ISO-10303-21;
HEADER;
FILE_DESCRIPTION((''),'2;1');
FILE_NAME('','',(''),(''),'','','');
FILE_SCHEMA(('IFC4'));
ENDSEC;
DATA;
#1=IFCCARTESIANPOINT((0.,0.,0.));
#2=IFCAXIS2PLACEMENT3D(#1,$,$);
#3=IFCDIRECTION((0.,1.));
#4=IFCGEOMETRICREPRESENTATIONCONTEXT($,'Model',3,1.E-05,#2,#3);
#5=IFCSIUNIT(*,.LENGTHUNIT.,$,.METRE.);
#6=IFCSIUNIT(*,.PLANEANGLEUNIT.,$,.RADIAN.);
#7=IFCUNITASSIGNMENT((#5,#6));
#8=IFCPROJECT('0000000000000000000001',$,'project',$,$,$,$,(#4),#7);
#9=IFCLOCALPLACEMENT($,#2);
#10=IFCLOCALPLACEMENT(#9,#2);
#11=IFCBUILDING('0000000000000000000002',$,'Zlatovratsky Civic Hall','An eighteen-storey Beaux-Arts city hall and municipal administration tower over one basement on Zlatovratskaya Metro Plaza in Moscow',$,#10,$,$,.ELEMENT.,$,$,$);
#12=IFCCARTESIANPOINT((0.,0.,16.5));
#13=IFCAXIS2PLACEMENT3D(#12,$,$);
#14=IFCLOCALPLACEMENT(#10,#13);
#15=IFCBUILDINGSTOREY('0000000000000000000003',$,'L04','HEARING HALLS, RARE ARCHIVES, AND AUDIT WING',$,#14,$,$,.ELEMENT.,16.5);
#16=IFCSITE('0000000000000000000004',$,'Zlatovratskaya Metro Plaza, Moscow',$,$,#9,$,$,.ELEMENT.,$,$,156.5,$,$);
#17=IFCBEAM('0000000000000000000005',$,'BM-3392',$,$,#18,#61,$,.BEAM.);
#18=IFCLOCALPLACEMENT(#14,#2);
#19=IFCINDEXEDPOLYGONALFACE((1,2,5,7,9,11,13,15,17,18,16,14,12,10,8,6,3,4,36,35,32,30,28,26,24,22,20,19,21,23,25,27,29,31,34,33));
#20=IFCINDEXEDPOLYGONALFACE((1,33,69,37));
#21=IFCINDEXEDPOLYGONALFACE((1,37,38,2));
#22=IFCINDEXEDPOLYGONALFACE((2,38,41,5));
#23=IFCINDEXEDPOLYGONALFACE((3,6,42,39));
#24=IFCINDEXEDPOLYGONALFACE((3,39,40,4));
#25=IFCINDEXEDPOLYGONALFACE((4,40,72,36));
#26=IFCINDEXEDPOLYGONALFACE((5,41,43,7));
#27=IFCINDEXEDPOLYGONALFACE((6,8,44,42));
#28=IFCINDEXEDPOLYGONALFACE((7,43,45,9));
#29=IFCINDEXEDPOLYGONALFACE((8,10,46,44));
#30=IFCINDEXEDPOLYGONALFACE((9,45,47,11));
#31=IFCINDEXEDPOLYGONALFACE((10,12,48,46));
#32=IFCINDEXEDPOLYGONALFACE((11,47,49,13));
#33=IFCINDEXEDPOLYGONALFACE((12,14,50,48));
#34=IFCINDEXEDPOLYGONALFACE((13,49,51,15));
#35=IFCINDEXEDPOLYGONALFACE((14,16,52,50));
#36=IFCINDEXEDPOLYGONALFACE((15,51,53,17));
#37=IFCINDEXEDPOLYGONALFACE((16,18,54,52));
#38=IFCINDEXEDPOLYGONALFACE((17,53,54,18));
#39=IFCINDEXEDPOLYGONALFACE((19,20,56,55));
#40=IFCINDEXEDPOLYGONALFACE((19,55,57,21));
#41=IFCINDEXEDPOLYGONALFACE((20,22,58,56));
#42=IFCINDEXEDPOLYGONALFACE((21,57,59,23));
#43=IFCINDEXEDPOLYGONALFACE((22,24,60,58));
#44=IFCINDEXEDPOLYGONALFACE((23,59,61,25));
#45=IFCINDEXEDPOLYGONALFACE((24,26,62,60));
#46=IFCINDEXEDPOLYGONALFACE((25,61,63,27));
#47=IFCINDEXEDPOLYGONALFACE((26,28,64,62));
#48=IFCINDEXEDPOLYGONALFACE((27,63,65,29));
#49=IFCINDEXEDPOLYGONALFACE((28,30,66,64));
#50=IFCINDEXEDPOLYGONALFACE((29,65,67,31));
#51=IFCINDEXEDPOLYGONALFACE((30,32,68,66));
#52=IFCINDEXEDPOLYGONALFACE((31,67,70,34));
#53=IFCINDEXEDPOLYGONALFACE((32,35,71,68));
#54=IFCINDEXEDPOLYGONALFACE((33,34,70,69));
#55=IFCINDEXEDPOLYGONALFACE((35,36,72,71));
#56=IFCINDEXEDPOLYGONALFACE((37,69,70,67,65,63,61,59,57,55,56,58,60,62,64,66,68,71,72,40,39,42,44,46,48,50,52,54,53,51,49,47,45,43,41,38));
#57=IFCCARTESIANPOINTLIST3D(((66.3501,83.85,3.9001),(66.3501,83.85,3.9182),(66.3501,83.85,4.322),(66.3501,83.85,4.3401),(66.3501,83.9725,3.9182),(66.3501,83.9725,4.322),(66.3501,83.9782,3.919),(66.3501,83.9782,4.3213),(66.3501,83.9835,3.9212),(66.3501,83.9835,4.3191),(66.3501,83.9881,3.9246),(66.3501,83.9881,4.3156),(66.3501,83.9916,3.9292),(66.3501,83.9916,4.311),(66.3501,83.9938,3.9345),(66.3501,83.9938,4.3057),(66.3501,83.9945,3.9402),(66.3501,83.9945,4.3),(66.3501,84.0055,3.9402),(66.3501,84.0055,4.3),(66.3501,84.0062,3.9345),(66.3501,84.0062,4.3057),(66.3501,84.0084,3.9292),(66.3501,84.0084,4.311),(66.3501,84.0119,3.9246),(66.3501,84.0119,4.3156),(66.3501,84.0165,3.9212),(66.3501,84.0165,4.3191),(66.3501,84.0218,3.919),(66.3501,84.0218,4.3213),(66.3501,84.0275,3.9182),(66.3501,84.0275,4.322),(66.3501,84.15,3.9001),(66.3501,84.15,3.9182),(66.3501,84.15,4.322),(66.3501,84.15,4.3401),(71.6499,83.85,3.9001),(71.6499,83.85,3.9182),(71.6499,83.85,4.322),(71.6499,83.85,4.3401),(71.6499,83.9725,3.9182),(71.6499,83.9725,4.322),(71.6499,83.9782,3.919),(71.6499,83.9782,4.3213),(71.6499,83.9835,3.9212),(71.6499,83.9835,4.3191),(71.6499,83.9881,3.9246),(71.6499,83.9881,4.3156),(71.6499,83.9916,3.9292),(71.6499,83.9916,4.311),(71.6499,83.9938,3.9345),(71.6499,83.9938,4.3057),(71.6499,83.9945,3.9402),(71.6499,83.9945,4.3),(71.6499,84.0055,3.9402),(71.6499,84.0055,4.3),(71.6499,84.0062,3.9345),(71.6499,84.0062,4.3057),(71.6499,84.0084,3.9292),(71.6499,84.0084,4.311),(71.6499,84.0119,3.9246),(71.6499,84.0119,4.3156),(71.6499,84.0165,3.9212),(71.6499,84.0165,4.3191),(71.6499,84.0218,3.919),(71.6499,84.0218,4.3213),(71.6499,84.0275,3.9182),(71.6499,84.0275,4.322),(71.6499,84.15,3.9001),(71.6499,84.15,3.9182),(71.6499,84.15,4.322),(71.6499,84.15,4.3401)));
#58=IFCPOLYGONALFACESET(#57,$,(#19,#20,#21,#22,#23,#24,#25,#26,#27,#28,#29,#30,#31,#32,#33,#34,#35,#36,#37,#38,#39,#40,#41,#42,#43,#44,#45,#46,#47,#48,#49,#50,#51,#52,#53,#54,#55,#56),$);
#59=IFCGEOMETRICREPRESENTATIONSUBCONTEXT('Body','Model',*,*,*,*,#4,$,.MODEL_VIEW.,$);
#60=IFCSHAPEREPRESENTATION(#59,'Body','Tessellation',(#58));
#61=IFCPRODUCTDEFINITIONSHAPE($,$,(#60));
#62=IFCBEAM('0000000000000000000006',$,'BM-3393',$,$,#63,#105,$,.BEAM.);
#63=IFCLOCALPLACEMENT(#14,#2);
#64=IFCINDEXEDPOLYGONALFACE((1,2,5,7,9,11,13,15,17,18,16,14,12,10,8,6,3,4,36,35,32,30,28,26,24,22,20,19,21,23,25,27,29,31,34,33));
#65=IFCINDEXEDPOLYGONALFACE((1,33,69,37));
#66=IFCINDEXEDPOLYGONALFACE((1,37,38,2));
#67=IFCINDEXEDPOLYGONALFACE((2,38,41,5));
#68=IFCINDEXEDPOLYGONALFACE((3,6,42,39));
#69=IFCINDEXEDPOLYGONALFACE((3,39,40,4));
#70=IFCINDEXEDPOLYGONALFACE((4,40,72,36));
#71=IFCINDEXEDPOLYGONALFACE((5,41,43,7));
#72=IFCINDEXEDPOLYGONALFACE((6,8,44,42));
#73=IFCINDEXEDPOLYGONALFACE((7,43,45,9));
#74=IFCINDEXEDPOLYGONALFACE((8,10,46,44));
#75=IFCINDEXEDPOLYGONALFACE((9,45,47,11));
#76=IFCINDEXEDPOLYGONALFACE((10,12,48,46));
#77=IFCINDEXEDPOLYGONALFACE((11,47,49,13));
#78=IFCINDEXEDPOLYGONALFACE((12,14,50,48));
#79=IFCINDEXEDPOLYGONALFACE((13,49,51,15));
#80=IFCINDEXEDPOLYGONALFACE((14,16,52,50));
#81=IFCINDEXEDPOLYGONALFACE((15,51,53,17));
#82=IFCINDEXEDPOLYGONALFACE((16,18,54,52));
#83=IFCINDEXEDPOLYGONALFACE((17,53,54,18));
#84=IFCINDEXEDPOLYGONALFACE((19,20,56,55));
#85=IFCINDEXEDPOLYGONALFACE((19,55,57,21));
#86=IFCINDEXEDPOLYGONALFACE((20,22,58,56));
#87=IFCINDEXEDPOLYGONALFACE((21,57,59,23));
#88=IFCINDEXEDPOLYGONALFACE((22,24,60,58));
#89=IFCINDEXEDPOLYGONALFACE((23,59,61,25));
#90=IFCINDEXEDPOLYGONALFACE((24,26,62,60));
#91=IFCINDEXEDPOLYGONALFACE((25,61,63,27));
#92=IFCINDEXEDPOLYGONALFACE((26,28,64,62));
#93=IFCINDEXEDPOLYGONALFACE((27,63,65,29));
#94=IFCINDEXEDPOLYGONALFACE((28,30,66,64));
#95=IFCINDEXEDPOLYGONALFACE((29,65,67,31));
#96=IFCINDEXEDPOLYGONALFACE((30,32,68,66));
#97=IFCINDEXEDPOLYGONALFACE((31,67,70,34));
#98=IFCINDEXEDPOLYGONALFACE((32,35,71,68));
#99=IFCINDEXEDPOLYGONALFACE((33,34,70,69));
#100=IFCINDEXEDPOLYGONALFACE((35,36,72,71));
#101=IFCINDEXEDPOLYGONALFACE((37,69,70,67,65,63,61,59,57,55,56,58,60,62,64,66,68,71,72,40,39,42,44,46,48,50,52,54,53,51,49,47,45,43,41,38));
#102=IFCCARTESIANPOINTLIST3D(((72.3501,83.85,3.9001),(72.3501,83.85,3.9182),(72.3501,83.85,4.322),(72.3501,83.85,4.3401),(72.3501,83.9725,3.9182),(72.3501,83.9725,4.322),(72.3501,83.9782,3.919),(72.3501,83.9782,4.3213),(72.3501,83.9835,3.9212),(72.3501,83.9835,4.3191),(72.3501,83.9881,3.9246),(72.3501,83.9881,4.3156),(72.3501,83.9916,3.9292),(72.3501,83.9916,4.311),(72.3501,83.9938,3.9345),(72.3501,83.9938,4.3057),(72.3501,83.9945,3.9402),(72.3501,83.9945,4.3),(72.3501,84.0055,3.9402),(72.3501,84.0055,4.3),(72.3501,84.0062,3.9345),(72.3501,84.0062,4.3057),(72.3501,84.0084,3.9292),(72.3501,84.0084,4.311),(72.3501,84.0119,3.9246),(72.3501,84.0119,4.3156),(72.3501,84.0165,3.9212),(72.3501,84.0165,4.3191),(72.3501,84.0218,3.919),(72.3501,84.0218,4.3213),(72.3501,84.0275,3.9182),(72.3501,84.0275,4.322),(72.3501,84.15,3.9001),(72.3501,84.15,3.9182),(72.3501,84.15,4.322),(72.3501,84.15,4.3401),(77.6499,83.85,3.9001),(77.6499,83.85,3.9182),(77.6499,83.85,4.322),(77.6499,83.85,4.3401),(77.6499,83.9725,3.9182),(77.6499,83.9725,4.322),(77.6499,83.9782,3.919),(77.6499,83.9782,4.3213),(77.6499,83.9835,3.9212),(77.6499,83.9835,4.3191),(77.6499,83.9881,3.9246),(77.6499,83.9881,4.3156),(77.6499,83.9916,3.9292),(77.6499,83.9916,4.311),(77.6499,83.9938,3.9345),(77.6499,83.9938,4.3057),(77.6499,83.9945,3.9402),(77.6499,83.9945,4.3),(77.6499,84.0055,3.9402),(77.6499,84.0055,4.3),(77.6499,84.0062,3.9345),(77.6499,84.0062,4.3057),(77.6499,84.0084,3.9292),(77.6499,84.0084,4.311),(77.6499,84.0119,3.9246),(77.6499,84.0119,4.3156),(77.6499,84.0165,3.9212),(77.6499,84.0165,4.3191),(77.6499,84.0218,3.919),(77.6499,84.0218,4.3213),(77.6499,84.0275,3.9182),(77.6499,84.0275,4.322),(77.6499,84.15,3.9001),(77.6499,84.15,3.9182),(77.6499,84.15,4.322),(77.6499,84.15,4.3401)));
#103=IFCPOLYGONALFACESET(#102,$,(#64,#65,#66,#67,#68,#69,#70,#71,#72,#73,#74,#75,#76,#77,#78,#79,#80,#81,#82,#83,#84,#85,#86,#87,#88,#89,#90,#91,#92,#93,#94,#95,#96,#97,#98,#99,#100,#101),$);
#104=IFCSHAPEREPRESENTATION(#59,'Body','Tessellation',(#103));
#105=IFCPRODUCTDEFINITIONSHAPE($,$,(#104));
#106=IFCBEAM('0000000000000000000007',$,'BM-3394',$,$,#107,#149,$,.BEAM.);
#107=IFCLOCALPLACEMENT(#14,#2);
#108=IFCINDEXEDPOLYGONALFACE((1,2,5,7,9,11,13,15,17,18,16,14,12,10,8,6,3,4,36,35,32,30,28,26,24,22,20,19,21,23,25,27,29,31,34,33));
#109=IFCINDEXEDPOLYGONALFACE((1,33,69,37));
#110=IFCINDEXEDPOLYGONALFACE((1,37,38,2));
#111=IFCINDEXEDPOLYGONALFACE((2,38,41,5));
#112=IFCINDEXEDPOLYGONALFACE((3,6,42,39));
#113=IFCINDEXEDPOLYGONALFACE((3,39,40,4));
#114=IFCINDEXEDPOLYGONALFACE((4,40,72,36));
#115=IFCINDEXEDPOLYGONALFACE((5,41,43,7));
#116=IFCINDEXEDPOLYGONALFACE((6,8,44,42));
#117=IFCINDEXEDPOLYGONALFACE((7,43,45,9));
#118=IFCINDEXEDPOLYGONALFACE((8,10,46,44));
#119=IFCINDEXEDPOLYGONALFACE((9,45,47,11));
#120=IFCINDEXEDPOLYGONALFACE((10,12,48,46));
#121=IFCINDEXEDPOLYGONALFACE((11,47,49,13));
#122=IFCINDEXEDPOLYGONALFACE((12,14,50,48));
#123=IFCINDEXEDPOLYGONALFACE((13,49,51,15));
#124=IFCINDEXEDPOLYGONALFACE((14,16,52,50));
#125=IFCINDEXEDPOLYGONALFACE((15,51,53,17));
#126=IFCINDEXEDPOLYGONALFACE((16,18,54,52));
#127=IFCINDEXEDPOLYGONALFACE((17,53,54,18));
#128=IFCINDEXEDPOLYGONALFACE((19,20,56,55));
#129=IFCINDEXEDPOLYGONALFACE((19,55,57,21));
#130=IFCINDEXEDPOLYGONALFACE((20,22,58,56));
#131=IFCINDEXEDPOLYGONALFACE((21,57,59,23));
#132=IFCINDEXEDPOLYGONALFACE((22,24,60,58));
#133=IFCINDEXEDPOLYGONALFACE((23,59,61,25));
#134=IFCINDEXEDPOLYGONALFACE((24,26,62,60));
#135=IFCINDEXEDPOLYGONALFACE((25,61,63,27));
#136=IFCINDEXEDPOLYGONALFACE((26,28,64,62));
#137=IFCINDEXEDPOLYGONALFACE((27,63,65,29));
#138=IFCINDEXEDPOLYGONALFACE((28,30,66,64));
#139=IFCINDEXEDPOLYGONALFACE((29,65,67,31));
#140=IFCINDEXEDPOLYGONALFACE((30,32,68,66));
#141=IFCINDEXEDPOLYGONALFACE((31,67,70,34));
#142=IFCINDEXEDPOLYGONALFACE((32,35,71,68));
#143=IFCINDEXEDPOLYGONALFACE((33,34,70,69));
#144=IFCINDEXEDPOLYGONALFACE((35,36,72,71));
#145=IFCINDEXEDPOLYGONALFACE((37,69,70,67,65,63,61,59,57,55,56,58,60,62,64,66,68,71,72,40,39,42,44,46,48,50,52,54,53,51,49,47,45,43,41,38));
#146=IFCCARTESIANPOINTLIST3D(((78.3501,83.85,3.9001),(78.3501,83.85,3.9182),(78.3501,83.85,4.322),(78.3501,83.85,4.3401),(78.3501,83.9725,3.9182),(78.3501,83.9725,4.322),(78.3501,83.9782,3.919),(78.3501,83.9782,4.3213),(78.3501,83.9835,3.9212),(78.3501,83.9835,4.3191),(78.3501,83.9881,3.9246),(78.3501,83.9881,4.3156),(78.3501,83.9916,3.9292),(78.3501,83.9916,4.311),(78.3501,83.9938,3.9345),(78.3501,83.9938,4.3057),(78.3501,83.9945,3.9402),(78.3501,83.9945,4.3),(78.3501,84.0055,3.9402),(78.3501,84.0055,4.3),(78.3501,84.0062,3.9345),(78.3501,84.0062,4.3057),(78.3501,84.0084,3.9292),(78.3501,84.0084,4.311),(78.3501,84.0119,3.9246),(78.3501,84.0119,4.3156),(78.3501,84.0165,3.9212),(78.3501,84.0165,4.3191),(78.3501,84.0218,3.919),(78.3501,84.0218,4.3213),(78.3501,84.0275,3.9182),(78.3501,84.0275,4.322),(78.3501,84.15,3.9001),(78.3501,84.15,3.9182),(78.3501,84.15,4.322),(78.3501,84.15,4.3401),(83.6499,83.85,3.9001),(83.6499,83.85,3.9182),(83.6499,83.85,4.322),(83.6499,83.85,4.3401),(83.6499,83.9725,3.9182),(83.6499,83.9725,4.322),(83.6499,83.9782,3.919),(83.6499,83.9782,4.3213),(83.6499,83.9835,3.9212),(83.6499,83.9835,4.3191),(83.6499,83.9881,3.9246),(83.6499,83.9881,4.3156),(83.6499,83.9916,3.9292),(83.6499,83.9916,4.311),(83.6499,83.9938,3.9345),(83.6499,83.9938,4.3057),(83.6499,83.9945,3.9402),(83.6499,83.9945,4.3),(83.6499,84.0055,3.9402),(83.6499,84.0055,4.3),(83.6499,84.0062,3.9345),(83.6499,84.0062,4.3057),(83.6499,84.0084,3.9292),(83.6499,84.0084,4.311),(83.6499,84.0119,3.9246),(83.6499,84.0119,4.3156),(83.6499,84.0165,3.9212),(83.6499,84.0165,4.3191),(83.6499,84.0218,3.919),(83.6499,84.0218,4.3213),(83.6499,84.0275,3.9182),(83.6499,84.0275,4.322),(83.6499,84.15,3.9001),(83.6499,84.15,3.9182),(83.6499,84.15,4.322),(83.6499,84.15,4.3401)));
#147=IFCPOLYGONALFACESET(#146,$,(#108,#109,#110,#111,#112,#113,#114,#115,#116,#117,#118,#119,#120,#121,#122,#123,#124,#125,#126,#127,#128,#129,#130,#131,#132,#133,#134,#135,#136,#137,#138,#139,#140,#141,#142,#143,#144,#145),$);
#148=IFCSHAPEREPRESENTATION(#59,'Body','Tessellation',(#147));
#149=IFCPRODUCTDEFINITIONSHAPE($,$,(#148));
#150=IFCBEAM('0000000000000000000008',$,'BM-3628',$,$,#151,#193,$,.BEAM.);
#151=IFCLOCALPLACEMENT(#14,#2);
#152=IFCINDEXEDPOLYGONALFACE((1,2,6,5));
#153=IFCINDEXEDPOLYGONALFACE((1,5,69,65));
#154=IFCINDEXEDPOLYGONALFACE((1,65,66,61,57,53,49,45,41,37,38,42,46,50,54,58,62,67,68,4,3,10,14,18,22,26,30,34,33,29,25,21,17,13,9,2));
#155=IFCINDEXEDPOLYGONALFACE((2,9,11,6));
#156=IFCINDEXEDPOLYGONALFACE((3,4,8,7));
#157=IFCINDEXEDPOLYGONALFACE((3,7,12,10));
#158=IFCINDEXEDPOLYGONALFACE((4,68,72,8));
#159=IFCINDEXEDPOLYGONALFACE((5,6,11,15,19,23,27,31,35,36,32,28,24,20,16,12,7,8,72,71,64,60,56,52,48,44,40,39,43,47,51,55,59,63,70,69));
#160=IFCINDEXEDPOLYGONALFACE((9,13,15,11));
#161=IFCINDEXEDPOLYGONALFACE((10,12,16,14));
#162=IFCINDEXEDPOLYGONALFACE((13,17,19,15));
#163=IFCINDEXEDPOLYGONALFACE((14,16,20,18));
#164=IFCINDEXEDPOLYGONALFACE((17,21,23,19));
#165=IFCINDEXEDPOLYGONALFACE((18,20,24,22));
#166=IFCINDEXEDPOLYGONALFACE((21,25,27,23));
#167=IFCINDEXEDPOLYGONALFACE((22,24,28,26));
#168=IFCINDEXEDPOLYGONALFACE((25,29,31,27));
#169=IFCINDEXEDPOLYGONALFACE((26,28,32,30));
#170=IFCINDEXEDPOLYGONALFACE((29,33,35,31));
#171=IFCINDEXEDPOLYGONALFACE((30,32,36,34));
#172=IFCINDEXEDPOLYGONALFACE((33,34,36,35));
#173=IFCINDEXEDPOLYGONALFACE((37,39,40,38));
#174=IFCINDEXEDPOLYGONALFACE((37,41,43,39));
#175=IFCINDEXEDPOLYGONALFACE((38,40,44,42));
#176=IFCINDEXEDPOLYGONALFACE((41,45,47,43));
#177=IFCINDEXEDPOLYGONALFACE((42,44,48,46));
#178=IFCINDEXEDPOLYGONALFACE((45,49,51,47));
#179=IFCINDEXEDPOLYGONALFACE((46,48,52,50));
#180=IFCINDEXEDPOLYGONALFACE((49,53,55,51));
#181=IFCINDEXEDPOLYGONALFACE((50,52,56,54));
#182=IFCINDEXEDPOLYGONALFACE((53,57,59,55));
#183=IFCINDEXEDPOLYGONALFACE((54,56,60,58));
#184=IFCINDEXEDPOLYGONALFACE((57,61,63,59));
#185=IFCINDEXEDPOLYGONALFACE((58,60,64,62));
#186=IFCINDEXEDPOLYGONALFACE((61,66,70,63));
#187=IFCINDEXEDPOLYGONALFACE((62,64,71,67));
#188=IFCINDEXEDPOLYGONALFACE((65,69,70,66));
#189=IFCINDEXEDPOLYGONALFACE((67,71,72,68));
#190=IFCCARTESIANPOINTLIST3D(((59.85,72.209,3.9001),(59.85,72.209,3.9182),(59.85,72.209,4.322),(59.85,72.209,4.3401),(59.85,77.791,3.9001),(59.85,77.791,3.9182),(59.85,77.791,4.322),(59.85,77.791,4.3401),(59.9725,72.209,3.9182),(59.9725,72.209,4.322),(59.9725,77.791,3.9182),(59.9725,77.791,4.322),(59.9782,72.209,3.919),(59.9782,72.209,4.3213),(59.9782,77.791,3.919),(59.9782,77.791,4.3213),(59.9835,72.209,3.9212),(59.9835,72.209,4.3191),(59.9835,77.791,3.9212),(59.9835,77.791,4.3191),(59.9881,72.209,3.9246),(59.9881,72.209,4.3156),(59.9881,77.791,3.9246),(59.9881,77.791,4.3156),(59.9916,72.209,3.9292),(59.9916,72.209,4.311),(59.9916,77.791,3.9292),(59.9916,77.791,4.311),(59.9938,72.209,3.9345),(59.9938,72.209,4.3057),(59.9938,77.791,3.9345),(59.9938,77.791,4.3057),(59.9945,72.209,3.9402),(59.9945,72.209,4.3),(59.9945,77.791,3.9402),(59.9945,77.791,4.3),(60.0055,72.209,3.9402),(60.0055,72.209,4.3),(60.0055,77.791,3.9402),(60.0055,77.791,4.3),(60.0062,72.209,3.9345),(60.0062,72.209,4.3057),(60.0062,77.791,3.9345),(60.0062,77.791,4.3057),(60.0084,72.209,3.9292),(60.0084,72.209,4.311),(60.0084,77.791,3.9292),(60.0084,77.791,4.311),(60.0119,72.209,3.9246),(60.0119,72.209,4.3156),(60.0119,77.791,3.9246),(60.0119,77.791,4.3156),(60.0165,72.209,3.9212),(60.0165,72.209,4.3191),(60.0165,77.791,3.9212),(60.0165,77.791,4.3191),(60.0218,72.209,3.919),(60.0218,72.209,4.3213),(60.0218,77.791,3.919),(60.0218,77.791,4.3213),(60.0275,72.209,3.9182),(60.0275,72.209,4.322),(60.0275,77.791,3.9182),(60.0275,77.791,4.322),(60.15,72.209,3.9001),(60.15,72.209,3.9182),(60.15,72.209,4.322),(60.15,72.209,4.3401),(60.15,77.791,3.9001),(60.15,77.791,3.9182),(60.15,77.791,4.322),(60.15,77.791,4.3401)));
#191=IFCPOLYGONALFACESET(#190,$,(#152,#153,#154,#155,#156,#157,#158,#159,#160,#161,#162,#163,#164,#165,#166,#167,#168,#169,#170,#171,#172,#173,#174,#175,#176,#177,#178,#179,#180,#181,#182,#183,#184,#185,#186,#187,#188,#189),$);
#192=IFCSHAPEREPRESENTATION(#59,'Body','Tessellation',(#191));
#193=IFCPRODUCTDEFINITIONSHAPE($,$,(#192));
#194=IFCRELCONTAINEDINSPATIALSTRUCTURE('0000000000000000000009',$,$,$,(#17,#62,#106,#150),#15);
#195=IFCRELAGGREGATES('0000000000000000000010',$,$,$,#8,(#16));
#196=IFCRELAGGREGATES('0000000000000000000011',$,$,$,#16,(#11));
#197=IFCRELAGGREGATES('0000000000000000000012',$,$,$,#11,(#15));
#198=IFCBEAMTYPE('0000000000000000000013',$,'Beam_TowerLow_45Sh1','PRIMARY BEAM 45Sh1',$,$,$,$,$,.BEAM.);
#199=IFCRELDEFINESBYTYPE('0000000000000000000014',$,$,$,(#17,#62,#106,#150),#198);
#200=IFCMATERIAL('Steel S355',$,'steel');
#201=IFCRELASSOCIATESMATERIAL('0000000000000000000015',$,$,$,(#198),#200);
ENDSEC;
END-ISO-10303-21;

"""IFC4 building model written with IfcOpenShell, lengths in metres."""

from ifc_helpers import new_model, si_unit, direction, frame, origin, origin_2d, place, context, subcontext, project, spatial, i_section, extrude, material, material_profile, profile_set, type_object, element, save


model = new_model("IFC4")

# Units and contexts
model_context = context("Model", 3, precision=1e-05, world=origin(), true_north=direction((0.0, 1.0)))
body_context = subcontext(model_context, "Body", "Model", "MODEL_VIEW")
ifc_project = project(units=[si_unit("LENGTHUNIT", "METRE"), si_unit("PLANEANGLEUNIT", "RADIAN")], contexts=[model_context])

# Site, building, storey
site_placement = place(None, origin())
site = spatial("IfcSite", under=ifc_project, at=site_placement, Name="Zlatovratskaya Metro Plaza, Moscow", CompositionType="ELEMENT", RefElevation=156.5)
building_placement = place(site_placement, origin())
building = spatial("IfcBuilding", under=site, at=building_placement, Name="Zlatovratsky Civic Hall", Description="An eighteen-storey Beaux-Arts city hall and municipal administration tower over one basement on Zlatovratskaya Metro Plaza in Moscow", CompositionType="ELEMENT")
storey_placement = place(building_placement, frame((0.0, 0.0, 16.5)))
storey = spatial("IfcBuildingStorey", under=building, at=storey_placement, Name="L04", Description="HEARING HALLS, RARE ARCHIVES, AND AUDIT WING", CompositionType="ELEMENT", Elevation=16.5)

# Shared definitions
ifc_material_1 = material(Name="Steel S355", Category="steel")

# Beams
ifc_material_profile_1 = material_profile(ifc_material_1, i_section(OverallWidth=0.3, OverallDepth=0.4399, WebThickness=0.011, FlangeThickness=0.0181, FilletRadius=0.022, at=origin_2d()), Name="45Sh1")
ifc_profile_set_1 = profile_set([ifc_material_profile_1], Name="Steel S355")
beam_type_1 = type_object("IfcBeamType", Name="Beam_TowerLow_45Sh1", Description="PRIMARY BEAM 45Sh1", PredefinedType="BEAM", material=ifc_profile_set_1)
for number, where, z_axis, x_axis, name in (
    (1, (66.3501, 84.0, 4.1201), (1.0, 0.0, 0.0), (0.0, 1.0, 0.0), "BM-3392"),
    (2, (72.3501, 84.0, 4.1201), (1.0, 0.0, 0.0), (0.0, 1.0, 0.0), "BM-3393"),
    (3, (78.3501, 84.0, 4.1201), (1.0, 0.0, 0.0), (0.0, 1.0, 0.0), "BM-3394"),
):
    element("IfcBeam", number, at=place(storey_placement, frame(where, z_axis=z_axis, x_axis=x_axis)), inside=storey, type_object=beam_type_1, Name=name, PredefinedType="BEAM", context=body_context, shape_type="SweptSolid", body=[
        extrude(i_section(OverallWidth=0.3, OverallDepth=0.4399, WebThickness=0.011, FlangeThickness=0.0181, FilletRadius=0.022, at=origin_2d()), origin(), (0.0, 0.0, 1.0), 5.2998),
    ])
for number, where, z_axis, x_axis, name in (
    (4, (60.0, 72.209, 4.1201), (0.0, 1.0, 0.0), (-1.0, 0.0, 0.0), "BM-3628"),
):
    element("IfcBeam", number, at=place(storey_placement, frame(where, z_axis=z_axis, x_axis=x_axis)), inside=storey, type_object=beam_type_1, Name=name, PredefinedType="BEAM", context=body_context, shape_type="SweptSolid", body=[
        extrude(i_section(OverallWidth=0.3, OverallDepth=0.4399, WebThickness=0.011, FlangeThickness=0.0181, FilletRadius=0.022, at=origin_2d()), origin(), (0.0, 0.0, 1.0), 5.582),
    ])

save(model, "model.ifc")
